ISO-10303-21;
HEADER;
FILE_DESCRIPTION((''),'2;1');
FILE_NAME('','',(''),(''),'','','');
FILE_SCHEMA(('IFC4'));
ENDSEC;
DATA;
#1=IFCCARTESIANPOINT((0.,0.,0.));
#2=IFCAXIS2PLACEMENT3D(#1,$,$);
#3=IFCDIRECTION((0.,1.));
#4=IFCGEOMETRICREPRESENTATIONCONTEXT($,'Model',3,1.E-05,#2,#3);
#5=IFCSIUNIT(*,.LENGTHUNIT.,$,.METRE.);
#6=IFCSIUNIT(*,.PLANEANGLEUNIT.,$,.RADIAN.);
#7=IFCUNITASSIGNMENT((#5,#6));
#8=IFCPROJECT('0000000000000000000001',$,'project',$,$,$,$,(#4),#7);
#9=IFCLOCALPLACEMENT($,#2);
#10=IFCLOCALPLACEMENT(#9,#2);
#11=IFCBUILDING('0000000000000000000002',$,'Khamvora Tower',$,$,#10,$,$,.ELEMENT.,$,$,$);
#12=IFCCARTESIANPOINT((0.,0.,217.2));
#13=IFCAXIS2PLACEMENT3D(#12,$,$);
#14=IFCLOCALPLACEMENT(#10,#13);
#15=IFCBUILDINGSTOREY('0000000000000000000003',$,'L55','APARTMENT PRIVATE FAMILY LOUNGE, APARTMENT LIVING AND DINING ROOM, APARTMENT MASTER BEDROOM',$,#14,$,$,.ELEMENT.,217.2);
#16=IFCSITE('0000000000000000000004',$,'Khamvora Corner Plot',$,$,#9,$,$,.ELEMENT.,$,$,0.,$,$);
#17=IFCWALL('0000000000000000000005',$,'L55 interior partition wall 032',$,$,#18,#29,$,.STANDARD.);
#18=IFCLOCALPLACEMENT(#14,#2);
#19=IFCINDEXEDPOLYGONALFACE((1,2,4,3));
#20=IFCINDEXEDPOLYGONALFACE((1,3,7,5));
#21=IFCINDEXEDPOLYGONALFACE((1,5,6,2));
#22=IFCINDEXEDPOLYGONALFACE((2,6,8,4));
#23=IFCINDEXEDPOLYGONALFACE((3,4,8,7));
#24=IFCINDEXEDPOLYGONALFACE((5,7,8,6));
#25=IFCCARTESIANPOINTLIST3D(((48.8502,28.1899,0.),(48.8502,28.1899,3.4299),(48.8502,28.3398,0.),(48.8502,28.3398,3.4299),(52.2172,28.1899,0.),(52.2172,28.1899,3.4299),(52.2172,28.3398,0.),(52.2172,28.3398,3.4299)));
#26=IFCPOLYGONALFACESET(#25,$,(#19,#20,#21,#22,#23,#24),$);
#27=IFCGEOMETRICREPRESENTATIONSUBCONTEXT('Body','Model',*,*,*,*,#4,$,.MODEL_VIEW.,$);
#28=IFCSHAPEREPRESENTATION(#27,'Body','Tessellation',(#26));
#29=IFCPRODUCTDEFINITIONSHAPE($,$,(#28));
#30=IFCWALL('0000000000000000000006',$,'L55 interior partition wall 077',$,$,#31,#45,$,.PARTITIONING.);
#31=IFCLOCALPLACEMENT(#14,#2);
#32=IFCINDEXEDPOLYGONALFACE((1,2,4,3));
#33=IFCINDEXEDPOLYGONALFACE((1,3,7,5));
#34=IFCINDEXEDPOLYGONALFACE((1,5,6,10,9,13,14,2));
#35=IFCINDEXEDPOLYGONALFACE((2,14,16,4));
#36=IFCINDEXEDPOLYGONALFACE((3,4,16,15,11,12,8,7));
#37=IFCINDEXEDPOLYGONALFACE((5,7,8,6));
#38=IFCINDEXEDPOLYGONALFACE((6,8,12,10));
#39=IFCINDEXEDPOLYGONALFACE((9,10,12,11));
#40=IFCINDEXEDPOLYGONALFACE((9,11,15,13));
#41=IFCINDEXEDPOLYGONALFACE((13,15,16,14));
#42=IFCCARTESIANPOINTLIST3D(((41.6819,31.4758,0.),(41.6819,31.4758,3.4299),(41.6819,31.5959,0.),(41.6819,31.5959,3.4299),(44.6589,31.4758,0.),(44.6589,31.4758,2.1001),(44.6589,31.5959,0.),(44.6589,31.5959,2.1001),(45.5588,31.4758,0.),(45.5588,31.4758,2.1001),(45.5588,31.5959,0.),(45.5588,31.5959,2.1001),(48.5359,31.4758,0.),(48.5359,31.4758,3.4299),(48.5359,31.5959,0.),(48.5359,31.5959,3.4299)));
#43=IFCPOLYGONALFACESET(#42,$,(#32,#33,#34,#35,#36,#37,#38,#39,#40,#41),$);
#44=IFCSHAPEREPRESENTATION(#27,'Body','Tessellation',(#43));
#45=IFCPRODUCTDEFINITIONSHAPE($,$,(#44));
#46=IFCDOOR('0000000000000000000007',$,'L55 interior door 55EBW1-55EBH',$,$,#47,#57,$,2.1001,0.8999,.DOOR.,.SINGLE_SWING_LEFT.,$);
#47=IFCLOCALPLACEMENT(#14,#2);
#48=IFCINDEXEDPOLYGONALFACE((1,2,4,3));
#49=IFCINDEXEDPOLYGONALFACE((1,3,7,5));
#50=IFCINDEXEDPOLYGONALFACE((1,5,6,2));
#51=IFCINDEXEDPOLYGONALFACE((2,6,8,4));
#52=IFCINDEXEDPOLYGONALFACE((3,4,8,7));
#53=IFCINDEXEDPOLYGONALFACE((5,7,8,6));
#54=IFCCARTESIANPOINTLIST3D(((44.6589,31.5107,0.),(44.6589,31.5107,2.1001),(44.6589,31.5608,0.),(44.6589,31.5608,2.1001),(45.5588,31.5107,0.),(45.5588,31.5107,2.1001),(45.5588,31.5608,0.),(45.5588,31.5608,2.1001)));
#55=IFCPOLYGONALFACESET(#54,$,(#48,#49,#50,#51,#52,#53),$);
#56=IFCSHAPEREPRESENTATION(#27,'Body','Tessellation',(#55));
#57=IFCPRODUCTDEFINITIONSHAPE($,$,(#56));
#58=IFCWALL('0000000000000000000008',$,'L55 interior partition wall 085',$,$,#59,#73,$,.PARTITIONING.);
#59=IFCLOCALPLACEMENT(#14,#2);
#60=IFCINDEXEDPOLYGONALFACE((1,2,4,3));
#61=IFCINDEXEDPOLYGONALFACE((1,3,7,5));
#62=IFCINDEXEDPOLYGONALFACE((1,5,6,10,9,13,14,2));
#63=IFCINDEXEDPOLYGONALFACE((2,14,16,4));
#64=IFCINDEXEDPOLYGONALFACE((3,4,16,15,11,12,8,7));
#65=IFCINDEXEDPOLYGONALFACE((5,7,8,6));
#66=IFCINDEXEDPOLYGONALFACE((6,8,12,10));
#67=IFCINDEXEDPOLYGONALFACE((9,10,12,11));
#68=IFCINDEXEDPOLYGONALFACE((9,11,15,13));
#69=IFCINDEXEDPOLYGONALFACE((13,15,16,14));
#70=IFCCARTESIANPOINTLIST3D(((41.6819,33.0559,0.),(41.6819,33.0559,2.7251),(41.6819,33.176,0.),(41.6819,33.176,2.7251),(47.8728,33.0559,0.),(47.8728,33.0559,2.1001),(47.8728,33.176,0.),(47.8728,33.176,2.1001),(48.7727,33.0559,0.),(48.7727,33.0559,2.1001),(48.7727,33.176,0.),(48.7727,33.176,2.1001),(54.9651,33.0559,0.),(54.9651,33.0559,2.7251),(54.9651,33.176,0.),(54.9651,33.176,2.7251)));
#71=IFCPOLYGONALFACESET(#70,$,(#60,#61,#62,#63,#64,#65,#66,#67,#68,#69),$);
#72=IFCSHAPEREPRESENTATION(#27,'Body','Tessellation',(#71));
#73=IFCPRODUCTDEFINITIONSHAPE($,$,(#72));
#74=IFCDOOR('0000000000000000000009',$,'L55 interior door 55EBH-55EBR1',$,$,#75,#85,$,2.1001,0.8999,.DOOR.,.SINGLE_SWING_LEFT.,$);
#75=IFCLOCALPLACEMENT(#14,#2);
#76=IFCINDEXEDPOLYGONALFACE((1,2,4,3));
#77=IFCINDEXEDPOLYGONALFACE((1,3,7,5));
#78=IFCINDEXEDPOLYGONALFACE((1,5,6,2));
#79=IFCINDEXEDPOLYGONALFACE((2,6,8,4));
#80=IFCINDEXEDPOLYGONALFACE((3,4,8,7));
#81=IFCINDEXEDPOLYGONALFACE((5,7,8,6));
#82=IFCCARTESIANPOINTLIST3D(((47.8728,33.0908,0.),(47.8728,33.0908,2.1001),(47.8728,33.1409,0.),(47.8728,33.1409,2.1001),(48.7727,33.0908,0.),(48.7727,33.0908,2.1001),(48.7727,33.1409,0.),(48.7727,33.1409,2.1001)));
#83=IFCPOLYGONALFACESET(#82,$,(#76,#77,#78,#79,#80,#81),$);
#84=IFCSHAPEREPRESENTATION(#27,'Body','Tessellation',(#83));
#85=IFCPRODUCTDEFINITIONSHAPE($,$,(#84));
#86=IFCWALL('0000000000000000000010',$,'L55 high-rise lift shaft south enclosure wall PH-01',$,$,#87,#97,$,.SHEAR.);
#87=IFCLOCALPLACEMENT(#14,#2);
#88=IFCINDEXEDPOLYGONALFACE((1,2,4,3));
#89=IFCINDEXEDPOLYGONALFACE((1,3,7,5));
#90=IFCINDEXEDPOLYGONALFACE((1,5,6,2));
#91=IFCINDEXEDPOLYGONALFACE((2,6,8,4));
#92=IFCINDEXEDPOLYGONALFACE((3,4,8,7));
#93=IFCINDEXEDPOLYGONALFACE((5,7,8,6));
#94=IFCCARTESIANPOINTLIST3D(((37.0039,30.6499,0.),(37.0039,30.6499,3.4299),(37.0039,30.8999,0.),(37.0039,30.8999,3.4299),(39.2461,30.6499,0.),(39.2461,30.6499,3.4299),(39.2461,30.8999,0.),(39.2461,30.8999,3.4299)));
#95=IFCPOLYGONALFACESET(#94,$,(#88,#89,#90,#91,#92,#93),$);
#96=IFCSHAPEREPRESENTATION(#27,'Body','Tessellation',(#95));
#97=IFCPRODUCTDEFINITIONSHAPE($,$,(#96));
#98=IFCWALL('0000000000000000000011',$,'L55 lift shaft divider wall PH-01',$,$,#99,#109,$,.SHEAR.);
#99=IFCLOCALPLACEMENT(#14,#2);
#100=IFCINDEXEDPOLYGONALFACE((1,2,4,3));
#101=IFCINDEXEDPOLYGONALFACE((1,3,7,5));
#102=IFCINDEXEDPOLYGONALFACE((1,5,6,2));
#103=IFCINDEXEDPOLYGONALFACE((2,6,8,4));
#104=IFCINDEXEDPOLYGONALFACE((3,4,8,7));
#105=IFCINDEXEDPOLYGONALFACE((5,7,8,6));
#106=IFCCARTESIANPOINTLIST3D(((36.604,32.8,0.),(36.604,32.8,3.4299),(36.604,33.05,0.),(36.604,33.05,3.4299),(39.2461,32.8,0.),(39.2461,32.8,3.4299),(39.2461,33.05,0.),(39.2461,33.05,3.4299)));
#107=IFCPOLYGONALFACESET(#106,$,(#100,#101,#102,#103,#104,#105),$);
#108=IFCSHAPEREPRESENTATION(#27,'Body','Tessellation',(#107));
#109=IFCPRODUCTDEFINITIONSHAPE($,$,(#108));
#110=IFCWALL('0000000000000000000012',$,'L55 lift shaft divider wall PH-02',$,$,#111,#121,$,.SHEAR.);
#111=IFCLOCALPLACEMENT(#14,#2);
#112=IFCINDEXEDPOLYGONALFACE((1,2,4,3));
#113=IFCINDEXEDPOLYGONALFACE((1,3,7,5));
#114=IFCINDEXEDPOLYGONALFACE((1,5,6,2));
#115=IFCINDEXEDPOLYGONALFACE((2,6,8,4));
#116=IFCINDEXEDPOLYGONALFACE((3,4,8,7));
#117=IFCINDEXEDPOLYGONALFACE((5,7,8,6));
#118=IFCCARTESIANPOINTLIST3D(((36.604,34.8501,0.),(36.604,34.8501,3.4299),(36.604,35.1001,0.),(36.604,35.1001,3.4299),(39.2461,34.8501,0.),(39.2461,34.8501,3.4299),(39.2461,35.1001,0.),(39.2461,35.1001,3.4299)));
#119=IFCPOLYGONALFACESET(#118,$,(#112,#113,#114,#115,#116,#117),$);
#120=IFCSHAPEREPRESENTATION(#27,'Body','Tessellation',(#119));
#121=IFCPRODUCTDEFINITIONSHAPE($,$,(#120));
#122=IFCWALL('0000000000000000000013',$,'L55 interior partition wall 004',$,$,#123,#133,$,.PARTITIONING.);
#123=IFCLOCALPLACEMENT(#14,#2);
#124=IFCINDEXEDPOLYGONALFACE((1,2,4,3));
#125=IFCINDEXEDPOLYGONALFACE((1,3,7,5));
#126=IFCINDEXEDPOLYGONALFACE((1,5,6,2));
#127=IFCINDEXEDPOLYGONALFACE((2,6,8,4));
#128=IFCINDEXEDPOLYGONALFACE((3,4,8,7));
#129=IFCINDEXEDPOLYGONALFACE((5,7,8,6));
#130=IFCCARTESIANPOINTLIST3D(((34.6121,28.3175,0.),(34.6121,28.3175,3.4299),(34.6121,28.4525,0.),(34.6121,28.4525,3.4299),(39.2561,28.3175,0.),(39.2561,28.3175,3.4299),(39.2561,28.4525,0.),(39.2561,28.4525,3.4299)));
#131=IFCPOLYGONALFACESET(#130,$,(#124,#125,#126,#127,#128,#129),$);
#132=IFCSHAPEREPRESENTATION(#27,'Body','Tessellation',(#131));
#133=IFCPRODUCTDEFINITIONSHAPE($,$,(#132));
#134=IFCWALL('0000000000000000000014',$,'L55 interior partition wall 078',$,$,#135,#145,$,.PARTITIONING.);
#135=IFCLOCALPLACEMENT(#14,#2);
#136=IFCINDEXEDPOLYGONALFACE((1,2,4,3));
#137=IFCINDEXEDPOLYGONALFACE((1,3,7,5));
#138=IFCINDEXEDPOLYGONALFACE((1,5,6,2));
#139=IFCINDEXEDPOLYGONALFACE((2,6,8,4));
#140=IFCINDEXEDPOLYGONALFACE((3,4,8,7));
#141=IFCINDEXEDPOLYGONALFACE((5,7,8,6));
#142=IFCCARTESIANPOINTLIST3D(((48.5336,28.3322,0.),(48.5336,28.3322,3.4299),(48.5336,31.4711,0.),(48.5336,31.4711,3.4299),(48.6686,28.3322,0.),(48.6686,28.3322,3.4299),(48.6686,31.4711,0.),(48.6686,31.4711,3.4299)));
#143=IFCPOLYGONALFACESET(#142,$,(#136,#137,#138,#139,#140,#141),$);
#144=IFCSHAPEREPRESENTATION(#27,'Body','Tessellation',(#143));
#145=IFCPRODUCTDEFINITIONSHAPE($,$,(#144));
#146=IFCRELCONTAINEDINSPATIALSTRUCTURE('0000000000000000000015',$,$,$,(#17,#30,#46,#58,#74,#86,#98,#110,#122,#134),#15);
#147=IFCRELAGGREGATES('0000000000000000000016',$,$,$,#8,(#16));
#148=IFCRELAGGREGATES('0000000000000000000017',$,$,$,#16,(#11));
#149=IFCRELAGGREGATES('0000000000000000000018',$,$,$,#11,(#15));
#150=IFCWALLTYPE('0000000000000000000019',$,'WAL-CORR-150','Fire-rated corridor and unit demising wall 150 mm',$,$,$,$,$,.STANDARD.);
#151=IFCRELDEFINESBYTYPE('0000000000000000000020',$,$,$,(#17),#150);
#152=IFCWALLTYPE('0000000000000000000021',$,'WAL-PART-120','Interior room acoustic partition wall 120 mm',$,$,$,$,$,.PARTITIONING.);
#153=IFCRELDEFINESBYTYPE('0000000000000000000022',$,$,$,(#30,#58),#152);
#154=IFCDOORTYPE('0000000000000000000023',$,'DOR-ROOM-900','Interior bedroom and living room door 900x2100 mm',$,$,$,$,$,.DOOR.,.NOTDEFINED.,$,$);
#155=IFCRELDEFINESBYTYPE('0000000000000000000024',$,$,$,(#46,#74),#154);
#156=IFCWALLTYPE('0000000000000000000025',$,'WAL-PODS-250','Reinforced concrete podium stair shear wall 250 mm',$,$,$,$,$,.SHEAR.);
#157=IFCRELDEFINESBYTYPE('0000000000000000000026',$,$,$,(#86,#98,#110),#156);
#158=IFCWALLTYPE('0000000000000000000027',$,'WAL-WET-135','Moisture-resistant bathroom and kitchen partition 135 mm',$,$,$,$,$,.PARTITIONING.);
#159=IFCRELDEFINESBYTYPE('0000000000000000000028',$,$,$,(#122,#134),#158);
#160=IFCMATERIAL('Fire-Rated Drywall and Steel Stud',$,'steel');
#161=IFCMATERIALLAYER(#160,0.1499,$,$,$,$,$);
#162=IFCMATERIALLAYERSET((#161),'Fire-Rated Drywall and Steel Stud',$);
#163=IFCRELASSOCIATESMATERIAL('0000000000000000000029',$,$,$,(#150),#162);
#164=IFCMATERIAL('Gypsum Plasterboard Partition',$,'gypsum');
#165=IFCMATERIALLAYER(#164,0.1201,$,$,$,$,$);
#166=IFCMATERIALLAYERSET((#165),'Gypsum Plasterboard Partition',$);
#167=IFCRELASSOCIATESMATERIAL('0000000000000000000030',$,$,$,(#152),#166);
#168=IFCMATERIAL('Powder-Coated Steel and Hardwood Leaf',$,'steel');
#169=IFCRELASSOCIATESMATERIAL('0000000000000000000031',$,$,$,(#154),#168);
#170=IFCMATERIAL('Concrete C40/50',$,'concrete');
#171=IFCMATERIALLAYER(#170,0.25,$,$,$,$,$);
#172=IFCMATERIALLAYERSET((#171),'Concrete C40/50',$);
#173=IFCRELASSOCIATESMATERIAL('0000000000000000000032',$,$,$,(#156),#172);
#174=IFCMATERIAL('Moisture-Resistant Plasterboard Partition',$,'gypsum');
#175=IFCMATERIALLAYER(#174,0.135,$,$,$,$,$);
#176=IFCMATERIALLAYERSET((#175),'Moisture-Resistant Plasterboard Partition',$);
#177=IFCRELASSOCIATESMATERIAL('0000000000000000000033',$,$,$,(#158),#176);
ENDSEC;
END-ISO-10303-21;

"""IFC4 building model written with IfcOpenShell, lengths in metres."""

from ifc_helpers import new_model, si_unit, direction, frame, frame_2d, origin, place, context, subcontext, project, spatial, rectangle, extrude, material, layer, layer_set, type_object, element, fill, save


model = new_model("IFC4")

# Units and contexts
model_context = context("Model", 3, precision=1e-05, world=origin(), true_north=direction((0.0, 1.0)))
body_context = subcontext(model_context, "Body", "Model", "MODEL_VIEW")
ifc_project = project(units=[si_unit("LENGTHUNIT", "METRE"), si_unit("PLANEANGLEUNIT", "RADIAN")], contexts=[model_context])

# Site, building, storey
site_placement = place(None, origin())
site = spatial("IfcSite", under=ifc_project, at=site_placement, Name="Khamvora Corner Plot", CompositionType="ELEMENT", RefElevation=0.0)
building_placement = place(site_placement, origin())
building = spatial("IfcBuilding", under=site, at=building_placement, Name="Khamvora Tower", CompositionType="ELEMENT")
storey_placement = place(building_placement, frame((0.0, 0.0, 217.2)))
storey = spatial("IfcBuildingStorey", under=building, at=storey_placement, Name="L55", Description="APARTMENT PRIVATE FAMILY LOUNGE, APARTMENT LIVING AND DINING ROOM, APARTMENT MASTER BEDROOM", CompositionType="ELEMENT", Elevation=217.2)

# Shared definitions
ifc_material_1 = material(Name="Fire-Rated Drywall and Steel Stud", Category="steel")
ifc_layer_1 = layer(ifc_material_1, 0.1499)
ifc_layer_set_1 = layer_set([ifc_layer_1], Name="Fire-Rated Drywall and Steel Stud")
wall_type_1 = type_object("IfcWallType", Name="WAL-CORR-150", Description="Fire-rated corridor and unit demising wall 150 mm", PredefinedType="STANDARD", material=ifc_layer_set_1)

# Shared definitions
ifc_material_2 = material(Name="Powder-Coated Steel and Hardwood Leaf", Category="steel")

# Wall
wall_1_placement = place(storey_placement, frame((48.8501, 28.2649, 0.0), z_axis=(0.0, 0.0, 1.0), x_axis=(1.0, 0.0, 0.0)))
element("IfcWall", 1, at=wall_1_placement, inside=storey, type_object=wall_type_1, Name="L55 interior partition wall 032", PredefinedType="STANDARD", context=body_context, shape_type="SweptSolid", body=[
    extrude(rectangle(XDim=3.3669, YDim=0.1499, at=frame_2d((1.6836, 0.0))), origin(), (0.0, 0.0, 1.0), 3.4299),
])

# Walls, openings, doors
ifc_material_3 = material(Name="Gypsum Plasterboard Partition", Category="gypsum")
ifc_layer_2 = layer(ifc_material_3, 0.1201)
ifc_layer_set_2 = layer_set([ifc_layer_2], Name="Gypsum Plasterboard Partition")
wall_type_2 = type_object("IfcWallType", Name="WAL-PART-120", Description="Interior room acoustic partition wall 120 mm", PredefinedType="PARTITIONING", material=ifc_layer_set_2)
wall_2_placement = place(storey_placement, frame((41.6819, 31.5359, 0.0), z_axis=(0.0, 0.0, 1.0), x_axis=(1.0, 0.0, 0.0)))
wall_2 = element("IfcWall", 2, at=wall_2_placement, inside=storey, type_object=wall_type_2, Name="L55 interior partition wall 077", PredefinedType="PARTITIONING", context=body_context, shape_type="SweptSolid", body=[
    extrude(rectangle(XDim=6.854, YDim=0.1201, at=frame_2d((3.427, 0.0))), origin(), (0.0, 0.0, 1.0), 3.4299),
])
opening_1_placement = place(wall_2_placement, frame((2.9771, 0.0, 0.0)))
opening_1 = element("IfcOpeningElement", 3, at=opening_1_placement, cuts=wall_2, PredefinedType="OPENING", context=body_context, shape_type="SweptSolid", body=[
    extrude(rectangle(XDim=0.8999, YDim=2.1001, at=frame_2d((0.45, 1.05))), frame((0.0, 0.0701, 0.0), z_axis=(0.0, -1.0, 0.0), x_axis=(1.0, 0.0, 0.0)), (0.0, 0.0, 1.0), 0.1401),
])
door_type_1 = type_object("IfcDoorType", Name="DOR-ROOM-900", Description="Interior bedroom and living room door 900x2100 mm", OperationType="NOTDEFINED", PredefinedType="DOOR", material=ifc_material_2)
door_1_placement = place(opening_1_placement, origin())
door_1 = element("IfcDoor", 4, at=door_1_placement, inside=storey, type_object=door_type_1, Name="L55 interior door 55EBW1-55EBH", OperationType="SINGLE_SWING_LEFT", OverallHeight=2.1001, OverallWidth=0.8999, PredefinedType="DOOR", context=body_context, shape_type="SweptSolid", body=[
    extrude(rectangle(XDim=0.8999, YDim=2.1001, at=frame_2d((0.45, 1.05))), frame((0.0, 0.0249, 0.0), z_axis=(0.0, -1.0, 0.0), x_axis=(1.0, 0.0, 0.0)), (0.0, 0.0, 1.0), 0.05),
])
fill(opening_1, door_1)
wall_3_placement = place(storey_placement, frame((41.6819, 33.116, 0.0), z_axis=(0.0, 0.0, 1.0), x_axis=(1.0, 0.0, 0.0)))
wall_3 = element("IfcWall", 5, at=wall_3_placement, inside=storey, type_object=wall_type_2, Name="L55 interior partition wall 085", PredefinedType="PARTITIONING", context=body_context, shape_type="SweptSolid", body=[
    extrude(rectangle(XDim=13.2832, YDim=0.1201, at=frame_2d((6.6416, 0.0))), origin(), (0.0, 0.0, 1.0), 2.7251),
])
opening_2_placement = place(wall_3_placement, frame((6.1909, 0.0, 0.0)))
opening_2 = element("IfcOpeningElement", 6, at=opening_2_placement, cuts=wall_3, PredefinedType="OPENING", context=body_context, shape_type="SweptSolid", body=[
    extrude(rectangle(XDim=0.8999, YDim=2.1001, at=frame_2d((0.45, 1.05))), frame((0.0, 0.0701, 0.0), z_axis=(0.0, -1.0, 0.0), x_axis=(1.0, 0.0, 0.0)), (0.0, 0.0, 1.0), 0.1401),
])
door_2_placement = place(opening_2_placement, origin())
door_2 = element("IfcDoor", 7, at=door_2_placement, inside=storey, type_object=door_type_1, Name="L55 interior door 55EBH-55EBR1", OperationType="SINGLE_SWING_LEFT", OverallHeight=2.1001, OverallWidth=0.8999, PredefinedType="DOOR", context=body_context, shape_type="SweptSolid", body=[
    extrude(rectangle(XDim=0.8999, YDim=2.1001, at=frame_2d((0.45, 1.05))), frame((0.0, 0.0249, 0.0), z_axis=(0.0, -1.0, 0.0), x_axis=(1.0, 0.0, 0.0)), (0.0, 0.0, 1.0), 0.05),
])
fill(opening_2, door_2)

# Walls
ifc_material_4 = material(Name="Concrete C40/50", Category="concrete")
ifc_layer_3 = layer(ifc_material_4, 0.25)
ifc_layer_set_3 = layer_set([ifc_layer_3], Name="Concrete C40/50")
wall_type_3 = type_object("IfcWallType", Name="WAL-PODS-250", Description="Reinforced concrete podium stair shear wall 250 mm", PredefinedType="SHEAR", material=ifc_layer_set_3)
wall_4_placement = place(storey_placement, frame((37.0039, 30.7749, 0.0), z_axis=(0.0, 0.0, 1.0), x_axis=(1.0, 0.0, 0.0)))
element("IfcWall", 8, at=wall_4_placement, inside=storey, type_object=wall_type_3, Name="L55 high-rise lift shaft south enclosure wall PH-01", PredefinedType="SHEAR", context=body_context, shape_type="SweptSolid", body=[
    extrude(rectangle(XDim=2.2422, YDim=0.25, at=frame_2d((1.1211, 0.0))), origin(), (0.0, 0.0, 1.0), 3.4299),
])
for number, where, z_axis, x_axis, name in (
    (9, (36.604, 32.925, 0.0), (0.0, 0.0, 1.0), (1.0, 0.0, 0.0), "L55 lift shaft divider wall PH-01"),
    (10, (36.604, 34.9751, 0.0), (0.0, 0.0, 1.0), (1.0, 0.0, 0.0), "L55 lift shaft divider wall PH-02"),
):
    element("IfcWall", number, at=place(storey_placement, frame(where, z_axis=z_axis, x_axis=x_axis)), inside=storey, type_object=wall_type_3, Name=name, PredefinedType="SHEAR", context=body_context, shape_type="SweptSolid", body=[
        extrude(rectangle(XDim=2.6421, YDim=0.25, at=frame_2d((1.321, 0.0))), origin(), (0.0, 0.0, 1.0), 3.4299),
    ])
ifc_material_5 = material(Name="Moisture-Resistant Plasterboard Partition", Category="gypsum")
ifc_layer_4 = layer(ifc_material_5, 0.135)
ifc_layer_set_4 = layer_set([ifc_layer_4], Name="Moisture-Resistant Plasterboard Partition")
wall_type_4 = type_object("IfcWallType", Name="WAL-WET-135", Description="Moisture-resistant bathroom and kitchen partition 135 mm", PredefinedType="PARTITIONING", material=ifc_layer_set_4)
wall_5_placement = place(storey_placement, frame((39.2561, 28.385, 0.0), z_axis=(0.0, 0.0, 1.0), x_axis=(-1.0, 0.0, 0.0)))
element("IfcWall", 11, at=wall_5_placement, inside=storey, type_object=wall_type_4, Name="L55 interior partition wall 004", PredefinedType="PARTITIONING", context=body_context, shape_type="SweptSolid", body=[
    extrude(rectangle(XDim=4.644, YDim=0.135, at=frame_2d((2.322, 0.0))), origin(), (0.0, 0.0, 1.0), 3.4299),
])
wall_6_placement = place(storey_placement, frame((48.6011, 31.4709, 0.0), z_axis=(0.0, 0.0, 1.0), x_axis=(0.0, -1.0, 0.0)))
element("IfcWall", 12, at=wall_6_placement, inside=storey, type_object=wall_type_4, Name="L55 interior partition wall 078", PredefinedType="PARTITIONING", context=body_context, shape_type="SweptSolid", body=[
    extrude(rectangle(XDim=3.1389, YDim=0.135, at=frame_2d((1.5693, 0.0))), origin(), (0.0, 0.0, 1.0), 3.4299),
])

save(model, "model.ifc")
